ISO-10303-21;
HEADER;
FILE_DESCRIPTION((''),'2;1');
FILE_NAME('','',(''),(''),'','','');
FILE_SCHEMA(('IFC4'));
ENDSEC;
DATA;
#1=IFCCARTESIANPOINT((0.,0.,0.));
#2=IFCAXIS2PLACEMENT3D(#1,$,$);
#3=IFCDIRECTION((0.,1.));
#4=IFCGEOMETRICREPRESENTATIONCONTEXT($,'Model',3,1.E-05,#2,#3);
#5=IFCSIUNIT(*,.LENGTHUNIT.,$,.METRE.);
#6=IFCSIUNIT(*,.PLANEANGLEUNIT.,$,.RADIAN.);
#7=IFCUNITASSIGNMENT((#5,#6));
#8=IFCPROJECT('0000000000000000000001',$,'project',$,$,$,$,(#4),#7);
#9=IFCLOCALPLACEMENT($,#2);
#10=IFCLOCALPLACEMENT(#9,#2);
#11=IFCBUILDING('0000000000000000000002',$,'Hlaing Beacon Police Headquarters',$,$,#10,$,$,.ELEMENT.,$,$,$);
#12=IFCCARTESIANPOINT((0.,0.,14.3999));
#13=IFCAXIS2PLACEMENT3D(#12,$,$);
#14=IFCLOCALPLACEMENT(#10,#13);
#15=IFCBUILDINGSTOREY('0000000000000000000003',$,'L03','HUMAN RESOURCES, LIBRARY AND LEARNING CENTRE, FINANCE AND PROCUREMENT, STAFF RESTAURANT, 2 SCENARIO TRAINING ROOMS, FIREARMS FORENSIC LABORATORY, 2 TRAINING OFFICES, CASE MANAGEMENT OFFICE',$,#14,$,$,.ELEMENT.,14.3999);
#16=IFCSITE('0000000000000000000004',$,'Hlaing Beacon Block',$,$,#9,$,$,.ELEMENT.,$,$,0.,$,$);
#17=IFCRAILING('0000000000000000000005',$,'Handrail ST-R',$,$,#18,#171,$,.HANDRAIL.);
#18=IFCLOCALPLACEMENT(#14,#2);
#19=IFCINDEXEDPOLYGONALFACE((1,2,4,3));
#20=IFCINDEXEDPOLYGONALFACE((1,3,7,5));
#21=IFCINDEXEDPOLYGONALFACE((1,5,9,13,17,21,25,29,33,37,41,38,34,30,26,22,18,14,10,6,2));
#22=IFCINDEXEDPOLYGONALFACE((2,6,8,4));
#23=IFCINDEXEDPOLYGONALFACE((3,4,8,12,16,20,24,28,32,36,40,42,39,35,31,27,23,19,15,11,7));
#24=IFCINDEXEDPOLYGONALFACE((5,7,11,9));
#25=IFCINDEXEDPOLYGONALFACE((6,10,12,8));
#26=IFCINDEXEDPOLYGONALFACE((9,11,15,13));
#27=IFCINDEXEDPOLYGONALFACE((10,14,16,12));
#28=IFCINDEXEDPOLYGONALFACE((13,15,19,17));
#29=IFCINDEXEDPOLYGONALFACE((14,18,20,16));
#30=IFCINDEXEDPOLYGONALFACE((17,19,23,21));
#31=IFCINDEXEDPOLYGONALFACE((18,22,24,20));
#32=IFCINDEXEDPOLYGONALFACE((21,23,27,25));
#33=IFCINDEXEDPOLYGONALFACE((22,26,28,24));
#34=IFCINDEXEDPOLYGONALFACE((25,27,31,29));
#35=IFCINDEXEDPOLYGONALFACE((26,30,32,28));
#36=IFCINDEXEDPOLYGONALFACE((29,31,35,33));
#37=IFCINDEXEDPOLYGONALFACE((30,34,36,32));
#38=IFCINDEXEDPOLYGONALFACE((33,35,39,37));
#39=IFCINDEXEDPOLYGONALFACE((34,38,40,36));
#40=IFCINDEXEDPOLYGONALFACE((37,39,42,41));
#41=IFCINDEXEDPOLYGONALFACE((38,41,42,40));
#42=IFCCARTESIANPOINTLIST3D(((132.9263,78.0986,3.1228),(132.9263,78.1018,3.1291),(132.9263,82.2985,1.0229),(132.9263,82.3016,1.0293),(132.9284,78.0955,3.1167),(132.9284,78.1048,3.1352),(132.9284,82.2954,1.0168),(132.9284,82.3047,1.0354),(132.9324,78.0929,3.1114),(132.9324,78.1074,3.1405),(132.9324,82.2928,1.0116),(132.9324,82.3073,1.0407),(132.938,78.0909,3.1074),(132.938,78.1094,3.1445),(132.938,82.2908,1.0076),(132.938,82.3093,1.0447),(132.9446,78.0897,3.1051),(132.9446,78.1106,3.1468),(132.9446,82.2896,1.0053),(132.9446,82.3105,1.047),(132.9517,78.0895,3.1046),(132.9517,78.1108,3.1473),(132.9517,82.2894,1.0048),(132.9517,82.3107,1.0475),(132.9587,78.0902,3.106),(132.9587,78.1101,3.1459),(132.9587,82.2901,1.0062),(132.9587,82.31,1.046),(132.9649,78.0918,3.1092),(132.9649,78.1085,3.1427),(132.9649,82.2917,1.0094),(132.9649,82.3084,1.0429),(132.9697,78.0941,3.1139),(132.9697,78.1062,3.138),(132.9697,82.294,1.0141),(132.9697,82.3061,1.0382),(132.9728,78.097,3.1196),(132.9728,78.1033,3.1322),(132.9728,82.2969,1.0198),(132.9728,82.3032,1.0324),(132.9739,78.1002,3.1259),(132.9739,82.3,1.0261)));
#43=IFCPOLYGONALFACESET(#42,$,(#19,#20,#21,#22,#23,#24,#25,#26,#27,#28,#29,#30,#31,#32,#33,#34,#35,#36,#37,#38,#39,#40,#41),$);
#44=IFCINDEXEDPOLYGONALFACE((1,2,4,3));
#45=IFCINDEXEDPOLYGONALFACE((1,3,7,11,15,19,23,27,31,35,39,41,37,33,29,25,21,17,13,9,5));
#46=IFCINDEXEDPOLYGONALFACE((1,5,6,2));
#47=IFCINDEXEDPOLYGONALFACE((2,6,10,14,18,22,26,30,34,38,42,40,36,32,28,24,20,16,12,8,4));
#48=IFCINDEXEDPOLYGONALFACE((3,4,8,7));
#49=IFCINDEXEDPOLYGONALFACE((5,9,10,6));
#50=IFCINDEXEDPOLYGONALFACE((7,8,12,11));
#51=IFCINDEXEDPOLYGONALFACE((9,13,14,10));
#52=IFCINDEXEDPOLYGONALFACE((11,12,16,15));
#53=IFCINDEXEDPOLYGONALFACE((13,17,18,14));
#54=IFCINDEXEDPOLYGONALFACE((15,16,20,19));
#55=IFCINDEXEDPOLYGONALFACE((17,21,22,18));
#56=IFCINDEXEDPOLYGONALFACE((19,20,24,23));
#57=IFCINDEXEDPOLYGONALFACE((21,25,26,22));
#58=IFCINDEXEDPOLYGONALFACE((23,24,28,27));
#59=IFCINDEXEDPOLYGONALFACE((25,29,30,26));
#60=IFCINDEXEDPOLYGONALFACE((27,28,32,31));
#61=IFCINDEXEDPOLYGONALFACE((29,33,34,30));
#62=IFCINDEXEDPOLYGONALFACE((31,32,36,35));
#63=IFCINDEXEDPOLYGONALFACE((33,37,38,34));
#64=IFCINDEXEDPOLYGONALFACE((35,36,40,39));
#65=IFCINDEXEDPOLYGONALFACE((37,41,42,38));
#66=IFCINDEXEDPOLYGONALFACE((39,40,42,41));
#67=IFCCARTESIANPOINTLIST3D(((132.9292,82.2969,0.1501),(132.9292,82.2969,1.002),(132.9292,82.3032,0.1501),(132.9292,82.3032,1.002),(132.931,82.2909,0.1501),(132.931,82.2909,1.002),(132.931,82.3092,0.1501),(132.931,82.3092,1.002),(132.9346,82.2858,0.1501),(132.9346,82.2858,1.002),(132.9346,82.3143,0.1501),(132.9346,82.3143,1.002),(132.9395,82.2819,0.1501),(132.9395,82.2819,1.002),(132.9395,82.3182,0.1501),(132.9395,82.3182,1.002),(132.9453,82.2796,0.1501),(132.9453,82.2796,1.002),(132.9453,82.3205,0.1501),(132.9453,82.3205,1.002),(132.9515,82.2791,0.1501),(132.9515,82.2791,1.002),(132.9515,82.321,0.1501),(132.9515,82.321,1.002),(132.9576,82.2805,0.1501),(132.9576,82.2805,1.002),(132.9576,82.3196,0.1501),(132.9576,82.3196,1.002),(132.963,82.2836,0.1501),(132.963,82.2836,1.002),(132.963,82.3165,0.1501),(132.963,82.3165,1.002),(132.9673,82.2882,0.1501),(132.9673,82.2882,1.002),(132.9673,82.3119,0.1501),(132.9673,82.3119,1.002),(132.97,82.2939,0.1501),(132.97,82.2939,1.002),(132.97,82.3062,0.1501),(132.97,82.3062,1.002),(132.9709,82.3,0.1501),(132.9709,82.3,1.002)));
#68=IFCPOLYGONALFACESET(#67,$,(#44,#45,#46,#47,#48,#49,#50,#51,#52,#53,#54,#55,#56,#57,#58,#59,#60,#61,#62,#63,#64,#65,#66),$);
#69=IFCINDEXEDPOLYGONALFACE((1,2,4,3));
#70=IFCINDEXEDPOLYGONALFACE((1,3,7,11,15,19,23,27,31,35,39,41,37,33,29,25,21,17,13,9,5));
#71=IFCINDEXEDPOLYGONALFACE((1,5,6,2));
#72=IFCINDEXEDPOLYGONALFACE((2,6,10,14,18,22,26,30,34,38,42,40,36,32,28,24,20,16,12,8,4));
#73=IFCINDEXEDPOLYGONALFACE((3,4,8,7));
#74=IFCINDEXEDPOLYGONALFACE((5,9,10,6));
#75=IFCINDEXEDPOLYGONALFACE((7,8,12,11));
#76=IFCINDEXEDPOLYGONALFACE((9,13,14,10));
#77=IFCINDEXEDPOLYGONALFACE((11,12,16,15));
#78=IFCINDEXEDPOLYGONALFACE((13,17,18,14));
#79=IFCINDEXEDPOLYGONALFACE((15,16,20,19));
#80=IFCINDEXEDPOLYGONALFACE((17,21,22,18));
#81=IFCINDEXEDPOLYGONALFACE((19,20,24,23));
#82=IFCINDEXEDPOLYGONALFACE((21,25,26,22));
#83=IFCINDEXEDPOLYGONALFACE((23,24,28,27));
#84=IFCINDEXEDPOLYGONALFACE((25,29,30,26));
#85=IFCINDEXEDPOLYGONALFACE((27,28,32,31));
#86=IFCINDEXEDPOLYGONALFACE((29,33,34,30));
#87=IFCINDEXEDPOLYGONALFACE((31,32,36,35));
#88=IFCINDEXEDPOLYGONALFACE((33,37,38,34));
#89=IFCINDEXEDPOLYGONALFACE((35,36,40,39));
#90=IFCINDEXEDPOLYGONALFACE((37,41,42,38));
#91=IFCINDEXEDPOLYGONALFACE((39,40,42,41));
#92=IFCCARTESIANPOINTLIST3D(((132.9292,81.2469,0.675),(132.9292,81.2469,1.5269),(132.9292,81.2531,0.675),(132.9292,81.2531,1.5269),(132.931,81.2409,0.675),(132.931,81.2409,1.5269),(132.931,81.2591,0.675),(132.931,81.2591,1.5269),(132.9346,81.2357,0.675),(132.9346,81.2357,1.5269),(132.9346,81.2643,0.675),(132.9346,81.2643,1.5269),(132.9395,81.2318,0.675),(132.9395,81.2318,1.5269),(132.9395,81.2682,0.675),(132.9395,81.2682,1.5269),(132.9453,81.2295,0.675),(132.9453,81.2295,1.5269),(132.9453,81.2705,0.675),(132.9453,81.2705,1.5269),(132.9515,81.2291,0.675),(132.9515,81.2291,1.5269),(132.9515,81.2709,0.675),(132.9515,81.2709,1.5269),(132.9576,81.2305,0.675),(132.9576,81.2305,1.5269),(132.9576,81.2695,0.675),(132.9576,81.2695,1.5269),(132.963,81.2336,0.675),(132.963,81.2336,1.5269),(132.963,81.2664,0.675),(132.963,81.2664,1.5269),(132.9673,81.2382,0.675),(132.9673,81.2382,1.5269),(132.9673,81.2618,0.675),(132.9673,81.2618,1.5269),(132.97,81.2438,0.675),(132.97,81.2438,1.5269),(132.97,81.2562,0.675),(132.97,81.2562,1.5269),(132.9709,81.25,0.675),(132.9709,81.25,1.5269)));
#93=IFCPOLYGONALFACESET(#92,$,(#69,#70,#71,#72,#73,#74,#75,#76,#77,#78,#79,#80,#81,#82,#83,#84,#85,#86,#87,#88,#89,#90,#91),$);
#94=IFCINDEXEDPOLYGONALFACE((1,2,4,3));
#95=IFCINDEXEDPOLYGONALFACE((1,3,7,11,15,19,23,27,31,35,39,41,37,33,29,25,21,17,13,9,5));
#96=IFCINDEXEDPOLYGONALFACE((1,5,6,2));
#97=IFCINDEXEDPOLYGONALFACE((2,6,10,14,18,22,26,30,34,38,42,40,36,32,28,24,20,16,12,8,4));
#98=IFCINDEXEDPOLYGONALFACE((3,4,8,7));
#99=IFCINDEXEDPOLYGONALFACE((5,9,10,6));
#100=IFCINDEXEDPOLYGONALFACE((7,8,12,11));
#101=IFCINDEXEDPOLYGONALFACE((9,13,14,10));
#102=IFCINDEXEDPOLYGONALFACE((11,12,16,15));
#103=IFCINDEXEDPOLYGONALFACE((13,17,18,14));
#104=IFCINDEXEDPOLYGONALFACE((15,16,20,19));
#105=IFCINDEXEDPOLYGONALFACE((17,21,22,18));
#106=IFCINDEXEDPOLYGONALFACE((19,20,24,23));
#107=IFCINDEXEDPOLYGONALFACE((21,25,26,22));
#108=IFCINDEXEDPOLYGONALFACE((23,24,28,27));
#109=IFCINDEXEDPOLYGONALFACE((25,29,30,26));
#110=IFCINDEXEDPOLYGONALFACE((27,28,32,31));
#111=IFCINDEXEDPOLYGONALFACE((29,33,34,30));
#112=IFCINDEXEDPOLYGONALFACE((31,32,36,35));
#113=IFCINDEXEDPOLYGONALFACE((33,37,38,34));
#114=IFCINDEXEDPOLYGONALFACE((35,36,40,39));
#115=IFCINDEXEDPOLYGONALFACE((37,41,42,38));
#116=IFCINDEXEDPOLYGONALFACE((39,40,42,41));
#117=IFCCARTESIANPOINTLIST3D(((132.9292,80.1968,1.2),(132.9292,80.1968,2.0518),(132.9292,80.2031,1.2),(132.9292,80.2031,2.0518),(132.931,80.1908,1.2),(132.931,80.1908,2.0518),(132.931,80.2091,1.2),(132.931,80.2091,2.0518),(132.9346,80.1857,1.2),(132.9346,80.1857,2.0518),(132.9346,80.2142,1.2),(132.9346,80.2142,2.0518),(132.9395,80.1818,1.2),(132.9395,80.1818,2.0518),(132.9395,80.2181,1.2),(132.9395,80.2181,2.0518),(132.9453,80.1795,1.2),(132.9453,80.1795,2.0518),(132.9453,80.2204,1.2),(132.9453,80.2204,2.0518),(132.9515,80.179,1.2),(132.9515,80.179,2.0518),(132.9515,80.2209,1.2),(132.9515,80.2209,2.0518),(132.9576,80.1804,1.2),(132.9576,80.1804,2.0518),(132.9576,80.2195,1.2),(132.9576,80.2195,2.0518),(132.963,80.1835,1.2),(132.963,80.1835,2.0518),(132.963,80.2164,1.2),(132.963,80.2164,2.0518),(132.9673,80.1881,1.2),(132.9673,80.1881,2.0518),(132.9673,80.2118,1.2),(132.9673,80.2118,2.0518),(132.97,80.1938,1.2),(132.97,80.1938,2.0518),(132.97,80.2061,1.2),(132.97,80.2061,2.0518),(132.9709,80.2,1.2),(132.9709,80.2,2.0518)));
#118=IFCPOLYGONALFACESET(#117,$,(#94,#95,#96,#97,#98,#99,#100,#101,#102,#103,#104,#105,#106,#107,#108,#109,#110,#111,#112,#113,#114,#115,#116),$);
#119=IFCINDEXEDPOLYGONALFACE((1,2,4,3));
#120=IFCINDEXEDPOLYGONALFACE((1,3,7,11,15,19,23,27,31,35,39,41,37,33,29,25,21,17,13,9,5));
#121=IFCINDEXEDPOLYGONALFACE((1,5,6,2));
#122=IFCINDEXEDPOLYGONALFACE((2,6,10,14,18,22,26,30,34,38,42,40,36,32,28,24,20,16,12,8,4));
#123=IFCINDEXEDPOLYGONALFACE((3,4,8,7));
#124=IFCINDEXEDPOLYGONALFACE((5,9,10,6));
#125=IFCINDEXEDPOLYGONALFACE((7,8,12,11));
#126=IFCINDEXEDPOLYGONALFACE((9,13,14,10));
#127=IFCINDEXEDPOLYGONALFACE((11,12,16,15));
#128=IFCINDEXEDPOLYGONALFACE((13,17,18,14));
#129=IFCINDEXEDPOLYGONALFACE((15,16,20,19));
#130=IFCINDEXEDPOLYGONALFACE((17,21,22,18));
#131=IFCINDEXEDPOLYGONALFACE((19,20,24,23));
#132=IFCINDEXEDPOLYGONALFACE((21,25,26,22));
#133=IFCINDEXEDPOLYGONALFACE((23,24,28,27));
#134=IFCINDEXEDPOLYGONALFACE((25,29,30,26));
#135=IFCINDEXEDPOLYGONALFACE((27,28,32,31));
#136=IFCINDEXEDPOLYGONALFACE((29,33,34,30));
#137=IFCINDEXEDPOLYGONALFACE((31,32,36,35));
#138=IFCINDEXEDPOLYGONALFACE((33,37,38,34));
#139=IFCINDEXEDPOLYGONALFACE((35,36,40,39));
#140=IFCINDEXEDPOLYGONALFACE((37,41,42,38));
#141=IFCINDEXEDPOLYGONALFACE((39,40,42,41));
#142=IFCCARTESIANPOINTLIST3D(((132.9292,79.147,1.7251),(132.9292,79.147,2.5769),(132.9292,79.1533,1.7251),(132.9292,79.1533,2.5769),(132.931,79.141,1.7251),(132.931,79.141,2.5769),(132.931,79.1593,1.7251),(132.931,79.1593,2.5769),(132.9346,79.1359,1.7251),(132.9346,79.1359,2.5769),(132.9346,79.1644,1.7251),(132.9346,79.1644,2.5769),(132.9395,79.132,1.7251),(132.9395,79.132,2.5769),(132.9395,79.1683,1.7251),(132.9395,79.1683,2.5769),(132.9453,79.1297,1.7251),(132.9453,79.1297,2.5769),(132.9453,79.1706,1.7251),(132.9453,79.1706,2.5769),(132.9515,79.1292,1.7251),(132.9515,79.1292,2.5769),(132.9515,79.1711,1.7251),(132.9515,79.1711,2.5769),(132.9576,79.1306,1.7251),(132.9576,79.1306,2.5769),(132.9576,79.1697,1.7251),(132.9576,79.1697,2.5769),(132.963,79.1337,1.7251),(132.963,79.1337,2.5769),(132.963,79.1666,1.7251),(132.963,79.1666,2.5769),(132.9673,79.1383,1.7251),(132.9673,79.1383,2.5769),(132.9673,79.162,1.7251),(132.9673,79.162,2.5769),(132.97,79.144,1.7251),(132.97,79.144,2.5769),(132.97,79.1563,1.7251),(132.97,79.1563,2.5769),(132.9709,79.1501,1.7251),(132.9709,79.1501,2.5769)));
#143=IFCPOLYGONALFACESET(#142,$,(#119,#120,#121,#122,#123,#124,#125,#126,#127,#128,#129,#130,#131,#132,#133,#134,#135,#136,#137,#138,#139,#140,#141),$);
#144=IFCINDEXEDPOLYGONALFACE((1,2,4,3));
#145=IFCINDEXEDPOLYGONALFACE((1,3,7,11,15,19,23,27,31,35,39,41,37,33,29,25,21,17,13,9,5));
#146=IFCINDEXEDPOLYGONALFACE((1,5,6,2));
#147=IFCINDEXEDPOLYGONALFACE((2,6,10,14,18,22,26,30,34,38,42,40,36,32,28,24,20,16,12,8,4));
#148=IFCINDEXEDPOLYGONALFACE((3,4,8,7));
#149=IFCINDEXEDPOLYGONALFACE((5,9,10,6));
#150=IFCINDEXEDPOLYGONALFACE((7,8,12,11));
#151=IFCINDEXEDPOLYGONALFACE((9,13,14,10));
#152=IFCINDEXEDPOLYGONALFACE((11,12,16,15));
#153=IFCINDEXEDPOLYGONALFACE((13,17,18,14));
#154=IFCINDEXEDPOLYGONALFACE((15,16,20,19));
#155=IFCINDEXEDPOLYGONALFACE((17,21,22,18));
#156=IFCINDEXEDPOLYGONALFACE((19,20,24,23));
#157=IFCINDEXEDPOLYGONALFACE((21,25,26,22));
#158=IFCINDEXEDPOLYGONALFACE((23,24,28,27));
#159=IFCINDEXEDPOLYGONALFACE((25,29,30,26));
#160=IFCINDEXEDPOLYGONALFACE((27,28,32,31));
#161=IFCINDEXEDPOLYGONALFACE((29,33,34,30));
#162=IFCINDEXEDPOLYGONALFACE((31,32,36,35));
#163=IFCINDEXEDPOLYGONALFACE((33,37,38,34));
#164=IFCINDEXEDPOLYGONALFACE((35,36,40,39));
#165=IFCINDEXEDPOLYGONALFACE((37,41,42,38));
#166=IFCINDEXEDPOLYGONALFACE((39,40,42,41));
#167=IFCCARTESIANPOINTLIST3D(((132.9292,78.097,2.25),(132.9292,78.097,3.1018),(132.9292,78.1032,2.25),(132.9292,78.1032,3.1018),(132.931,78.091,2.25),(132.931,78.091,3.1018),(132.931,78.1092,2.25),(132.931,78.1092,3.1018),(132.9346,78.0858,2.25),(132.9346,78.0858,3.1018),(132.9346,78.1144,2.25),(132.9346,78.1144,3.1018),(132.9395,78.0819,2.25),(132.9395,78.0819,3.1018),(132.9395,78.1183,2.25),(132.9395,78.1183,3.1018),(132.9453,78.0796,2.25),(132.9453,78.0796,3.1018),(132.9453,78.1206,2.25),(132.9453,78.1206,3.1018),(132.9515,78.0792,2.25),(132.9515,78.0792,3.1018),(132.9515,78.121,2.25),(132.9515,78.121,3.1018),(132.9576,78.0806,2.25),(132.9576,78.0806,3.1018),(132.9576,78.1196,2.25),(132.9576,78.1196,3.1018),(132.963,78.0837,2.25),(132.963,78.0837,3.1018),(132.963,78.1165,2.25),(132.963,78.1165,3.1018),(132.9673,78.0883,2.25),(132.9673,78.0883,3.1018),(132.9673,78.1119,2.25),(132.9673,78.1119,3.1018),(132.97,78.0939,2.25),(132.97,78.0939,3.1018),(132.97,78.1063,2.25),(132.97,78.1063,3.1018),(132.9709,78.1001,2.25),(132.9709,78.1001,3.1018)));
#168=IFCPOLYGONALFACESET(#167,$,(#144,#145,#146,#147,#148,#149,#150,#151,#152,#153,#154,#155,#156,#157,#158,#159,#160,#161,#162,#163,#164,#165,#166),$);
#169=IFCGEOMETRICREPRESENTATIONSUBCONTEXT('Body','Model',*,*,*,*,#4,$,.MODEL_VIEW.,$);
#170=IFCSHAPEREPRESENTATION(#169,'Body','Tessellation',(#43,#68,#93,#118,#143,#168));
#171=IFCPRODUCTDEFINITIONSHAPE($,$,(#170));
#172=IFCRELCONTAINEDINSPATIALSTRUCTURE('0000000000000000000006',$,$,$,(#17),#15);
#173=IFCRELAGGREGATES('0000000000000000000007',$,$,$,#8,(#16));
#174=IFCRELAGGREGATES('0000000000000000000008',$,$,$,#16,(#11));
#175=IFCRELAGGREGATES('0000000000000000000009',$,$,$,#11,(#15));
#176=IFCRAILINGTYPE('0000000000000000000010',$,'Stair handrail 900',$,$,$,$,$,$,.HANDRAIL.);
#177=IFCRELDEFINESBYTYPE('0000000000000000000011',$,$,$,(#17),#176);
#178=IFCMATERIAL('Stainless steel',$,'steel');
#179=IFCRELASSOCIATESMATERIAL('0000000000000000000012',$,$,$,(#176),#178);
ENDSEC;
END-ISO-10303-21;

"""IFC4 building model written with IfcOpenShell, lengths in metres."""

from ifc_helpers import new_model, si_unit, direction, frame, origin, origin_2d, place, context, subcontext, project, spatial, circle, extrude, material, type_object, element, save


model = new_model("IFC4")

# Units and contexts
model_context = context("Model", 3, precision=1e-05, world=origin(), true_north=direction((0.0, 1.0)))
body_context = subcontext(model_context, "Body", "Model", "MODEL_VIEW")
ifc_project = project(units=[si_unit("LENGTHUNIT", "METRE"), si_unit("PLANEANGLEUNIT", "RADIAN")], contexts=[model_context])

# Site, building, storey
site_placement = place(None, origin())
site = spatial("IfcSite", under=ifc_project, at=site_placement, Name="Hlaing Beacon Block", CompositionType="ELEMENT", RefElevation=0.0)
building_placement = place(site_placement, origin())
building = spatial("IfcBuilding", under=site, at=building_placement, Name="Hlaing Beacon Police Headquarters", CompositionType="ELEMENT")
storey_placement = place(building_placement, frame((0.0, 0.0, 14.3999)))
storey = spatial("IfcBuildingStorey", under=building, at=storey_placement, Name="L03", Description="HUMAN RESOURCES, LIBRARY AND LEARNING CENTRE, FINANCE AND PROCUREMENT, STAFF RESTAURANT, 2 SCENARIO TRAINING ROOMS, FIREARMS FORENSIC LABORATORY, 2 TRAINING OFFICES, CASE MANAGEMENT OFFICE", CompositionType="ELEMENT", Elevation=14.3999)

# Railing
ifc_material_1 = material(Name="Stainless steel", Category="steel")
railing_type_1 = type_object("IfcRailingType", Name="Stair handrail 900", PredefinedType="HANDRAIL", material=ifc_material_1)
for number, where, name in (
    (1, (132.95, 82.3, 0.1501), "Handrail ST-R"),
):
    element("IfcRailing", number, at=place(storey_placement, frame(where)), inside=storey, type_object=railing_type_1, Name=name, PredefinedType="HANDRAIL", context=body_context, shape_type="SweptSolid", body=[
        extrude(circle(Radius=0.0239, at=origin_2d()), frame((0.0, 0.0, 0.876), z_axis=(0.0, -0.894438, 0.447193), x_axis=(1.0, 0.0, 0.0)), (0.0, 0.0, 1.0), 4.6956),
        extrude(circle(Radius=0.021, at=origin_2d()), origin(), (0.0, 0.0, 1.0), 0.8518),
        extrude(circle(Radius=0.021, at=origin_2d()), frame((0.0, -1.05, 0.5249)), (0.0, 0.0, 1.0), 0.8518),
        extrude(circle(Radius=0.021, at=origin_2d()), frame((0.0, -2.1001, 1.0498)), (0.0, 0.0, 1.0), 0.8518),
        extrude(circle(Radius=0.021, at=origin_2d()), frame((0.0, -3.1499, 1.575)), (0.0, 0.0, 1.0), 0.8518),
        extrude(circle(Radius=0.021, at=origin_2d()), frame((0.0, -4.2, 2.0999)), (0.0, 0.0, 1.0), 0.8518),
    ])

save(model, "model.ifc")
